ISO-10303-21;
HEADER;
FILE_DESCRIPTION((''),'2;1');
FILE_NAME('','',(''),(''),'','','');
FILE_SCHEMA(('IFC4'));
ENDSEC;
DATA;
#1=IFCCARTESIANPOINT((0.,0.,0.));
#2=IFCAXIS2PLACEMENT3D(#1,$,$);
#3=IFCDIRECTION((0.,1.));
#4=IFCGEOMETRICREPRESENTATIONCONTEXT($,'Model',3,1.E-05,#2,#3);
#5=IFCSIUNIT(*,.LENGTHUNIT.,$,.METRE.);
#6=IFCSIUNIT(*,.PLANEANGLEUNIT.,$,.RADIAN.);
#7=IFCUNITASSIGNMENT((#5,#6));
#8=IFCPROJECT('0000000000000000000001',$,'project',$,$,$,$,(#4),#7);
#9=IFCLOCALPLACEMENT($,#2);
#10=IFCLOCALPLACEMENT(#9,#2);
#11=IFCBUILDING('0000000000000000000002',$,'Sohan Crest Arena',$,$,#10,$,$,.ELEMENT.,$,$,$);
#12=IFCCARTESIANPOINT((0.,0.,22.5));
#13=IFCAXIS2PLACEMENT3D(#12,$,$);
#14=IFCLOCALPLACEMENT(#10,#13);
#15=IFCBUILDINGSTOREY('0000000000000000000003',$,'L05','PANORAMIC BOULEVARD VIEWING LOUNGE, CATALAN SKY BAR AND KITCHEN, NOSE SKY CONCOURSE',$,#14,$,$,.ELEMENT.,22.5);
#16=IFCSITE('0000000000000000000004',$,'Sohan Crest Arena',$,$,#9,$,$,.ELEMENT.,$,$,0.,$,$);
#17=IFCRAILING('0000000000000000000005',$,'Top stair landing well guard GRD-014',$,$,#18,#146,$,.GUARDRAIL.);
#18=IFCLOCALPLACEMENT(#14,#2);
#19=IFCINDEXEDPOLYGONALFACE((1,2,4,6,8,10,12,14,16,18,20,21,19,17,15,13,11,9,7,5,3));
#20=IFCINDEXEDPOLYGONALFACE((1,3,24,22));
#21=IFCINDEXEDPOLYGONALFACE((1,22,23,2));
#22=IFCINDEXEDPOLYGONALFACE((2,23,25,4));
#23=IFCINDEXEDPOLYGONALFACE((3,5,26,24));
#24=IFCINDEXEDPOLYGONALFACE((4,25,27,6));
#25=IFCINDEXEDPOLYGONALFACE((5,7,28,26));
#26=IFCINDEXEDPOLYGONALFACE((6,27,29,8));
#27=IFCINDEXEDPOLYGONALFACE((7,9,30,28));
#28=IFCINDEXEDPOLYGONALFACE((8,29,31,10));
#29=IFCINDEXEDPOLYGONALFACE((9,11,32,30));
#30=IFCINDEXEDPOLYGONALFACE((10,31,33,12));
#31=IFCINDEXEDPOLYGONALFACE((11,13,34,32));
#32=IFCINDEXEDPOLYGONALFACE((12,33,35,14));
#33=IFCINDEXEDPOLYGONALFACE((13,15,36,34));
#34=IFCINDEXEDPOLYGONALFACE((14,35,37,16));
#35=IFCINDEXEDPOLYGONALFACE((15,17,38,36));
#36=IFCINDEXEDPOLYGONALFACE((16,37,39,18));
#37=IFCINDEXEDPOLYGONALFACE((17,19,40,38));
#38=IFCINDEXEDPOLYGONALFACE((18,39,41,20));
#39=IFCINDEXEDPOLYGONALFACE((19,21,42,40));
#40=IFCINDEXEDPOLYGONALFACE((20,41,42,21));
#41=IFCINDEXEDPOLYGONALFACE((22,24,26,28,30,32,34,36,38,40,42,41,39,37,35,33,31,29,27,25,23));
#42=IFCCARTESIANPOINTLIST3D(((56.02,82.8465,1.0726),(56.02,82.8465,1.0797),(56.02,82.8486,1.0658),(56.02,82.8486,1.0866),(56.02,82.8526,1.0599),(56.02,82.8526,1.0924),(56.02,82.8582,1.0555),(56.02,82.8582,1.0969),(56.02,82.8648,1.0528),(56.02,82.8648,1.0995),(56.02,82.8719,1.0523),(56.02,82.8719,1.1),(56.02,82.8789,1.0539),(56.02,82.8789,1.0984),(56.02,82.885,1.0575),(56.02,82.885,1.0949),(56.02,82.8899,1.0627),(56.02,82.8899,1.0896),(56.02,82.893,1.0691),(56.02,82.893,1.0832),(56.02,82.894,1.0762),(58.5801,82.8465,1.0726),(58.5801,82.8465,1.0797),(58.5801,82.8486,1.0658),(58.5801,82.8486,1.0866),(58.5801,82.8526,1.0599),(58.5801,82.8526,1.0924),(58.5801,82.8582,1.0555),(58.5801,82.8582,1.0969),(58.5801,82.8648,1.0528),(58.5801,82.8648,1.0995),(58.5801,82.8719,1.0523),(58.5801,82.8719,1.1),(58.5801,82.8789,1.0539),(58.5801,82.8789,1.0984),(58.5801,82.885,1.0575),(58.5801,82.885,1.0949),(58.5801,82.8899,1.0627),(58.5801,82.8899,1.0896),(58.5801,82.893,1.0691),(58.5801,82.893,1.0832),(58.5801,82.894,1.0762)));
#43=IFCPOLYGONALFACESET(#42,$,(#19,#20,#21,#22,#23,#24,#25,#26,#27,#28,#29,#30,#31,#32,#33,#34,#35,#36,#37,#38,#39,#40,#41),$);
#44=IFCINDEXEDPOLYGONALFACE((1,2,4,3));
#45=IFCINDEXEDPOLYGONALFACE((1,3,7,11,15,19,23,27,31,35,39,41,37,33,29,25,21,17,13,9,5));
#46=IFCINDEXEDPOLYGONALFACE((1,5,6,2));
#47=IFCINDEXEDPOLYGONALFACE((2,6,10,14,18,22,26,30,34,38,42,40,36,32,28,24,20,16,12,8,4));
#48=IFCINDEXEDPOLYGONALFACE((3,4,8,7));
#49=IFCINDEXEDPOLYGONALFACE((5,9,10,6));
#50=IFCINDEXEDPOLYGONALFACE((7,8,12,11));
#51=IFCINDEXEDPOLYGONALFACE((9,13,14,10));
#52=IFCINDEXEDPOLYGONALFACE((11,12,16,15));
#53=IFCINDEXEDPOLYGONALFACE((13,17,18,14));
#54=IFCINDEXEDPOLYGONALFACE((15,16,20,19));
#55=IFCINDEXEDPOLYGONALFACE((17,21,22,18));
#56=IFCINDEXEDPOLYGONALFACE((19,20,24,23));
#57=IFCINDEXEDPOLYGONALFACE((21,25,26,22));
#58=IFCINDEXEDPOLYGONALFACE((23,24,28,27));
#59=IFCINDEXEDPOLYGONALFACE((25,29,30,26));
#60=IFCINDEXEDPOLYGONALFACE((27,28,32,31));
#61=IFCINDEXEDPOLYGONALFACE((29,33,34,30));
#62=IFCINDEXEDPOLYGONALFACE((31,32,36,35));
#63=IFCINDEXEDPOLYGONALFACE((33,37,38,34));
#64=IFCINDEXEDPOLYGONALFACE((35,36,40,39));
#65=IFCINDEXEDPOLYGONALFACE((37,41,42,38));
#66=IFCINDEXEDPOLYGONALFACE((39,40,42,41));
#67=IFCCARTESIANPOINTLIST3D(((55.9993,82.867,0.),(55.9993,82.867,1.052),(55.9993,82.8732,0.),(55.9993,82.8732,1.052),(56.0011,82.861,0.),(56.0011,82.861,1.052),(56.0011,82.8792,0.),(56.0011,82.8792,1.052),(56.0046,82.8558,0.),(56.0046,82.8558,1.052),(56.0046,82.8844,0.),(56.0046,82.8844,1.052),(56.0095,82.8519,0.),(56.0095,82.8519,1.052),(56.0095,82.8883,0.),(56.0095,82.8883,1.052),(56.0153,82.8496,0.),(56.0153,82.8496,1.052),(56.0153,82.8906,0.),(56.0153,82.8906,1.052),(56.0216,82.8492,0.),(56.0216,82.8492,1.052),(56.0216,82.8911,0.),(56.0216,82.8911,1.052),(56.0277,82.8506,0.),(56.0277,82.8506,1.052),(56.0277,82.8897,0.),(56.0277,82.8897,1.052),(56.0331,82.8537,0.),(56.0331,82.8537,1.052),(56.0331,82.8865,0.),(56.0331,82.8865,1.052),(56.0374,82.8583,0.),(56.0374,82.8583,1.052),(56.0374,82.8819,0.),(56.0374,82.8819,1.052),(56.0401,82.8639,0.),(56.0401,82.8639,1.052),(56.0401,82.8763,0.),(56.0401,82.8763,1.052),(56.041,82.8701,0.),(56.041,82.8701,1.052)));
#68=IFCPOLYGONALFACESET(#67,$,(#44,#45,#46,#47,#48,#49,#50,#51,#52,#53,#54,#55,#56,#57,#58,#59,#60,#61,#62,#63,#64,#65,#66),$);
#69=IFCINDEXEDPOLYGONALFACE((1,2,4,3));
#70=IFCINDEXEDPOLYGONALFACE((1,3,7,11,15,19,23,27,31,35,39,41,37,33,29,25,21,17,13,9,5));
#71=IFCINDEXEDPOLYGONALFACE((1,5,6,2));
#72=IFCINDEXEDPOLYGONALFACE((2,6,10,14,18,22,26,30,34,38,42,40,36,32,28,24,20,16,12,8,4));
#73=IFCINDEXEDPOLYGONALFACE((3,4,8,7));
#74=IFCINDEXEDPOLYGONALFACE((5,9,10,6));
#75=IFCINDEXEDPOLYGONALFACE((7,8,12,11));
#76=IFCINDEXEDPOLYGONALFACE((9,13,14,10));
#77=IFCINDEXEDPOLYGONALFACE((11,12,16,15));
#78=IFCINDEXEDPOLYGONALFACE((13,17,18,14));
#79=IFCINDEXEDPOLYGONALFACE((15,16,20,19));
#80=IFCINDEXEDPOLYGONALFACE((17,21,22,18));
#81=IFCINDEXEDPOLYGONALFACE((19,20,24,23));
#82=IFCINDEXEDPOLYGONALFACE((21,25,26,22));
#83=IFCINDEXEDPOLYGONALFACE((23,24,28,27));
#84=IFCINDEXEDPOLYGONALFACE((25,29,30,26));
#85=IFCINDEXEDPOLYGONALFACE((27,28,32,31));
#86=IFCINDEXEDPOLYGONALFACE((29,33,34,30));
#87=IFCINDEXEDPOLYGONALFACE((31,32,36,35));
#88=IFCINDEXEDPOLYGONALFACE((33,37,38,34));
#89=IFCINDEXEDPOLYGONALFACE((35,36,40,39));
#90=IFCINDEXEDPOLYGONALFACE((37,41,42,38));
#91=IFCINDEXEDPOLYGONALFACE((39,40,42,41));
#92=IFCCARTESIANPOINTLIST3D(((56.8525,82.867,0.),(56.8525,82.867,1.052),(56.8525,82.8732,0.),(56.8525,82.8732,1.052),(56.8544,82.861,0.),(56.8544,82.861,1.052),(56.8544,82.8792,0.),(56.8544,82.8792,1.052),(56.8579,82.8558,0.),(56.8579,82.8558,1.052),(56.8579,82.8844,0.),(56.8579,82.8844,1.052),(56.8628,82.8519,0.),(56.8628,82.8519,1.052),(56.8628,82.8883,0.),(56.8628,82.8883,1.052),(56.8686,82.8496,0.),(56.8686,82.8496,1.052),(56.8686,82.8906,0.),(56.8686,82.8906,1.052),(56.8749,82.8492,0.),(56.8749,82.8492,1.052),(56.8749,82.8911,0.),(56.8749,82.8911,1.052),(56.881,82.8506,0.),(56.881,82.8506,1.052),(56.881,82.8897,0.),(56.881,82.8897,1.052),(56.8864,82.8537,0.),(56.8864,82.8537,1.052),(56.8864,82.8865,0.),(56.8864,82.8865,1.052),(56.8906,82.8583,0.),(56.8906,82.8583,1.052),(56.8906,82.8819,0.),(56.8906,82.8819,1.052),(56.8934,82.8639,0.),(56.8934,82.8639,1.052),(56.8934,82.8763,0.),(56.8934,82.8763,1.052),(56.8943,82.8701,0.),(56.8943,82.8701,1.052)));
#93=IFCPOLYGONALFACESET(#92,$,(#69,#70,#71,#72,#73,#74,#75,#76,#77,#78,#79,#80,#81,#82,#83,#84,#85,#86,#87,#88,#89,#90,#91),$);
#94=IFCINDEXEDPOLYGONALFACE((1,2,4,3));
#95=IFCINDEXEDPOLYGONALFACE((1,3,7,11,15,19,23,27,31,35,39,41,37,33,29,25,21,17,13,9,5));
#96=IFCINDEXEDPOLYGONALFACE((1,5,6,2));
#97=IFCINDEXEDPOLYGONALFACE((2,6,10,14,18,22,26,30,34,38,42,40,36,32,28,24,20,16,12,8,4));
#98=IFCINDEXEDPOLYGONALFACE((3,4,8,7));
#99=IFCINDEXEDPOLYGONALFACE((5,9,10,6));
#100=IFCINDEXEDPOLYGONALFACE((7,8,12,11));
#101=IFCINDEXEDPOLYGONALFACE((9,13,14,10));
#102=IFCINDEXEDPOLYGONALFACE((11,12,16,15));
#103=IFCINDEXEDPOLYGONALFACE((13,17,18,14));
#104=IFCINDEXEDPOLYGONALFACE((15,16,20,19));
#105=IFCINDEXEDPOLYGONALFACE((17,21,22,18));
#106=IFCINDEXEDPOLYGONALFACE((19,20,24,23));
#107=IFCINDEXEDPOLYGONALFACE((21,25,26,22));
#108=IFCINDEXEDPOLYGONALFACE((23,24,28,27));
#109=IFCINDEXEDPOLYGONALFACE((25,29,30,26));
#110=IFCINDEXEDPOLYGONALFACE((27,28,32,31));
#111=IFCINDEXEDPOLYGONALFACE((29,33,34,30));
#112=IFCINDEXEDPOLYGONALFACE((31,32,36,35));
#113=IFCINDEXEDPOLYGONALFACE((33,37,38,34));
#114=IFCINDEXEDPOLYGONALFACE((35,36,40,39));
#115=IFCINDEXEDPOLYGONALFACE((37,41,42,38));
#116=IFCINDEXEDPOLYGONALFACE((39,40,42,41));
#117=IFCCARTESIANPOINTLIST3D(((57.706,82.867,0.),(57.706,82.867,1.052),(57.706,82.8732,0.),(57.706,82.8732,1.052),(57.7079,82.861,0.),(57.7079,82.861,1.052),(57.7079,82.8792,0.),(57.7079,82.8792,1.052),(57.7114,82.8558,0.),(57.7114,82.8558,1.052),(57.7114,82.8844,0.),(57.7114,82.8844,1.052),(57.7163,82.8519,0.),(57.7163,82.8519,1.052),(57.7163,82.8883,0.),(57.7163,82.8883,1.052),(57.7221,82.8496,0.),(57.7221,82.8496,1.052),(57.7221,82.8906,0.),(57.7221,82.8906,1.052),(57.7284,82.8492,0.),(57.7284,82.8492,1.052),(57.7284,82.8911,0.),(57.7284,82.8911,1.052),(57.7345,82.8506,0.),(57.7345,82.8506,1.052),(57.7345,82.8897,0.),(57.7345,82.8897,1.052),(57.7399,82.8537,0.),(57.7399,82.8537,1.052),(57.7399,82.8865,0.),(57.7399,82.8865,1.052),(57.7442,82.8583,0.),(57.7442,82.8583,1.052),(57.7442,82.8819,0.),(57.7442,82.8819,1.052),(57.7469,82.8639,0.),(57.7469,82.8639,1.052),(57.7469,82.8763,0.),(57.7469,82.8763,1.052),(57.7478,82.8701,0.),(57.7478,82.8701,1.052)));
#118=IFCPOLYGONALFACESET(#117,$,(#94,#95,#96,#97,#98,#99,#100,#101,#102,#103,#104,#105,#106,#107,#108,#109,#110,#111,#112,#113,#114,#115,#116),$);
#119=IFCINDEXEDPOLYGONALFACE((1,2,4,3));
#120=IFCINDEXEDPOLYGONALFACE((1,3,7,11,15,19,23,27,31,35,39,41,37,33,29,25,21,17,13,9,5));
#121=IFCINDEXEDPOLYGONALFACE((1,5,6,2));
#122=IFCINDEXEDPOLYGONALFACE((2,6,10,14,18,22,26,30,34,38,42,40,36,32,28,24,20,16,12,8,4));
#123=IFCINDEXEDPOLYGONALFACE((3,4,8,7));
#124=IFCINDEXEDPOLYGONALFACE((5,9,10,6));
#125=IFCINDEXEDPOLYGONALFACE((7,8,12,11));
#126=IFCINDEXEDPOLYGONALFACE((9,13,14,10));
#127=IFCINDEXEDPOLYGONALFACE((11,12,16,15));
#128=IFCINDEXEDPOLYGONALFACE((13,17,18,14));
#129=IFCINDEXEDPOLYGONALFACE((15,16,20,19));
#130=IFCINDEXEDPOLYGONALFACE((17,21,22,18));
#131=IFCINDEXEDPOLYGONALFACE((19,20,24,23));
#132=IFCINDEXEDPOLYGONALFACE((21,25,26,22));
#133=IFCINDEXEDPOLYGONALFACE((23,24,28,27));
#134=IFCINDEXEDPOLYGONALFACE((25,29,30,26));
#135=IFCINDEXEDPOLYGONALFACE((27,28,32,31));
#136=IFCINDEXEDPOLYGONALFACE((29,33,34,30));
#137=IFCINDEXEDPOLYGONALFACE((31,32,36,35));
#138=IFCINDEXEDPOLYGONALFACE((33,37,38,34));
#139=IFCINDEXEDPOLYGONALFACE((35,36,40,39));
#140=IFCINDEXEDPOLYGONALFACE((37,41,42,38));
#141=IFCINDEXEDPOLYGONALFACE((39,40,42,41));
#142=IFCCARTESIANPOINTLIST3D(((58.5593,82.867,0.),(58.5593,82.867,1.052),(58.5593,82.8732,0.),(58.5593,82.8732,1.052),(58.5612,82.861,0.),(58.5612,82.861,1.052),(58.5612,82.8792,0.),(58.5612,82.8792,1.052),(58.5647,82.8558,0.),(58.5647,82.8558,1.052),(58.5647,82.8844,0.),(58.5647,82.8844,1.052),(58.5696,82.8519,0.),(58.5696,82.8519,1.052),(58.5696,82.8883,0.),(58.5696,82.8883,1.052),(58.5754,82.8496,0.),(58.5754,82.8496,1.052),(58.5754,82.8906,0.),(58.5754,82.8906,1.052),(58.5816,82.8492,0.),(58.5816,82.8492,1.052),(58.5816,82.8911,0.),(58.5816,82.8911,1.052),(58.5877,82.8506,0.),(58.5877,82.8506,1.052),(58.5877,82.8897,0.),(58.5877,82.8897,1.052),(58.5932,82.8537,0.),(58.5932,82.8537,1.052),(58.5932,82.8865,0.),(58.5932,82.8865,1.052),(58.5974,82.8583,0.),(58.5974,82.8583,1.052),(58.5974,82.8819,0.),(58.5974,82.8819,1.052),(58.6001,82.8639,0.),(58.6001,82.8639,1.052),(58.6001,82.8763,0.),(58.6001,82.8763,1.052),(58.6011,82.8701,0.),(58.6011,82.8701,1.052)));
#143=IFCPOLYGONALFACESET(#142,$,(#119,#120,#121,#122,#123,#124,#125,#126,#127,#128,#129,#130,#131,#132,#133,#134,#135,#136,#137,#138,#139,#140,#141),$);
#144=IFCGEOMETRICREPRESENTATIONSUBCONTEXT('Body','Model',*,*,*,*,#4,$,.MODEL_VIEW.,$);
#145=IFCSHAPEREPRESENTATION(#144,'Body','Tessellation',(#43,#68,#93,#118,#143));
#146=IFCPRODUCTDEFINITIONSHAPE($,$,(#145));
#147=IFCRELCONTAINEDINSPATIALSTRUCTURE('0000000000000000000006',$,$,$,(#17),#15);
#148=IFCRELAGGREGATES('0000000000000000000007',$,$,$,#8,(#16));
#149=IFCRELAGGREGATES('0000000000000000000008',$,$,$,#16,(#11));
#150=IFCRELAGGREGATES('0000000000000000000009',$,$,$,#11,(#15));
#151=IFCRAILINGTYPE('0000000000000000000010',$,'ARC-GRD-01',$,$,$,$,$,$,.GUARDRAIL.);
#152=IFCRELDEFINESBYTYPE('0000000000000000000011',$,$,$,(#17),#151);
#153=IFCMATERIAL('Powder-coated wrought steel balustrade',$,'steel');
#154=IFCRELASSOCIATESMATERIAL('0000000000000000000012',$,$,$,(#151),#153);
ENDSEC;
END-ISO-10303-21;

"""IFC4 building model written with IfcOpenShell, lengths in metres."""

from ifc_helpers import new_model, si_unit, direction, frame, origin, origin_2d, place, context, subcontext, project, spatial, circle, extrude, material, type_object, element, save


model = new_model("IFC4")

# Units and contexts
model_context = context("Model", 3, precision=1e-05, world=origin(), true_north=direction((0.0, 1.0)))
body_context = subcontext(model_context, "Body", "Model", "MODEL_VIEW")
ifc_project = project(units=[si_unit("LENGTHUNIT", "METRE"), si_unit("PLANEANGLEUNIT", "RADIAN")], contexts=[model_context])

# Site, building, storey
site_placement = place(None, origin())
site = spatial("IfcSite", under=ifc_project, at=site_placement, Name="Sohan Crest Arena", CompositionType="ELEMENT", RefElevation=0.0)
building_placement = place(site_placement, origin())
building = spatial("IfcBuilding", under=site, at=building_placement, Name="Sohan Crest Arena", CompositionType="ELEMENT")
storey_placement = place(building_placement, frame((0.0, 0.0, 22.5)))
storey = spatial("IfcBuildingStorey", under=building, at=storey_placement, Name="L05", Description="PANORAMIC BOULEVARD VIEWING LOUNGE, CATALAN SKY BAR AND KITCHEN, NOSE SKY CONCOURSE", CompositionType="ELEMENT", Elevation=22.5)

# Railing
ifc_material_1 = material(Name="Powder-coated wrought steel balustrade", Category="steel")
railing_type = type_object("IfcRailingType", Name="ARC-GRD-01", PredefinedType="GUARDRAIL", material=ifc_material_1)
railing_placement = place(storey_placement, frame((56.02, 82.8701, 0.0)))
element("IfcRailing", 1, at=railing_placement, inside=storey, type_object=railing_type, Name="Top stair landing well guard GRD-014", PredefinedType="GUARDRAIL", context=body_context, shape_type="SweptSolid", body=[
    extrude(circle(Radius=0.0239, at=origin_2d()), frame((0.0, 0.0, 1.0762), z_axis=(1.0, 0.0, 0.0), x_axis=(0.0, 1.0, 0.0)), (0.0, 0.0, 1.0), 2.5601),
    extrude(circle(Radius=0.021, at=origin_2d()), origin(), (0.0, 0.0, 1.0), 1.052),
    extrude(circle(Radius=0.021, at=origin_2d()), frame((0.8533, 0.0, 0.0)), (0.0, 0.0, 1.0), 1.052),
    extrude(circle(Radius=0.021, at=origin_2d()), frame((1.7068, 0.0, 0.0)), (0.0, 0.0, 1.0), 1.052),
    extrude(circle(Radius=0.021, at=origin_2d()), frame((2.5601, 0.0, 0.0)), (0.0, 0.0, 1.0), 1.052),
])

save(model, "model.ifc")
